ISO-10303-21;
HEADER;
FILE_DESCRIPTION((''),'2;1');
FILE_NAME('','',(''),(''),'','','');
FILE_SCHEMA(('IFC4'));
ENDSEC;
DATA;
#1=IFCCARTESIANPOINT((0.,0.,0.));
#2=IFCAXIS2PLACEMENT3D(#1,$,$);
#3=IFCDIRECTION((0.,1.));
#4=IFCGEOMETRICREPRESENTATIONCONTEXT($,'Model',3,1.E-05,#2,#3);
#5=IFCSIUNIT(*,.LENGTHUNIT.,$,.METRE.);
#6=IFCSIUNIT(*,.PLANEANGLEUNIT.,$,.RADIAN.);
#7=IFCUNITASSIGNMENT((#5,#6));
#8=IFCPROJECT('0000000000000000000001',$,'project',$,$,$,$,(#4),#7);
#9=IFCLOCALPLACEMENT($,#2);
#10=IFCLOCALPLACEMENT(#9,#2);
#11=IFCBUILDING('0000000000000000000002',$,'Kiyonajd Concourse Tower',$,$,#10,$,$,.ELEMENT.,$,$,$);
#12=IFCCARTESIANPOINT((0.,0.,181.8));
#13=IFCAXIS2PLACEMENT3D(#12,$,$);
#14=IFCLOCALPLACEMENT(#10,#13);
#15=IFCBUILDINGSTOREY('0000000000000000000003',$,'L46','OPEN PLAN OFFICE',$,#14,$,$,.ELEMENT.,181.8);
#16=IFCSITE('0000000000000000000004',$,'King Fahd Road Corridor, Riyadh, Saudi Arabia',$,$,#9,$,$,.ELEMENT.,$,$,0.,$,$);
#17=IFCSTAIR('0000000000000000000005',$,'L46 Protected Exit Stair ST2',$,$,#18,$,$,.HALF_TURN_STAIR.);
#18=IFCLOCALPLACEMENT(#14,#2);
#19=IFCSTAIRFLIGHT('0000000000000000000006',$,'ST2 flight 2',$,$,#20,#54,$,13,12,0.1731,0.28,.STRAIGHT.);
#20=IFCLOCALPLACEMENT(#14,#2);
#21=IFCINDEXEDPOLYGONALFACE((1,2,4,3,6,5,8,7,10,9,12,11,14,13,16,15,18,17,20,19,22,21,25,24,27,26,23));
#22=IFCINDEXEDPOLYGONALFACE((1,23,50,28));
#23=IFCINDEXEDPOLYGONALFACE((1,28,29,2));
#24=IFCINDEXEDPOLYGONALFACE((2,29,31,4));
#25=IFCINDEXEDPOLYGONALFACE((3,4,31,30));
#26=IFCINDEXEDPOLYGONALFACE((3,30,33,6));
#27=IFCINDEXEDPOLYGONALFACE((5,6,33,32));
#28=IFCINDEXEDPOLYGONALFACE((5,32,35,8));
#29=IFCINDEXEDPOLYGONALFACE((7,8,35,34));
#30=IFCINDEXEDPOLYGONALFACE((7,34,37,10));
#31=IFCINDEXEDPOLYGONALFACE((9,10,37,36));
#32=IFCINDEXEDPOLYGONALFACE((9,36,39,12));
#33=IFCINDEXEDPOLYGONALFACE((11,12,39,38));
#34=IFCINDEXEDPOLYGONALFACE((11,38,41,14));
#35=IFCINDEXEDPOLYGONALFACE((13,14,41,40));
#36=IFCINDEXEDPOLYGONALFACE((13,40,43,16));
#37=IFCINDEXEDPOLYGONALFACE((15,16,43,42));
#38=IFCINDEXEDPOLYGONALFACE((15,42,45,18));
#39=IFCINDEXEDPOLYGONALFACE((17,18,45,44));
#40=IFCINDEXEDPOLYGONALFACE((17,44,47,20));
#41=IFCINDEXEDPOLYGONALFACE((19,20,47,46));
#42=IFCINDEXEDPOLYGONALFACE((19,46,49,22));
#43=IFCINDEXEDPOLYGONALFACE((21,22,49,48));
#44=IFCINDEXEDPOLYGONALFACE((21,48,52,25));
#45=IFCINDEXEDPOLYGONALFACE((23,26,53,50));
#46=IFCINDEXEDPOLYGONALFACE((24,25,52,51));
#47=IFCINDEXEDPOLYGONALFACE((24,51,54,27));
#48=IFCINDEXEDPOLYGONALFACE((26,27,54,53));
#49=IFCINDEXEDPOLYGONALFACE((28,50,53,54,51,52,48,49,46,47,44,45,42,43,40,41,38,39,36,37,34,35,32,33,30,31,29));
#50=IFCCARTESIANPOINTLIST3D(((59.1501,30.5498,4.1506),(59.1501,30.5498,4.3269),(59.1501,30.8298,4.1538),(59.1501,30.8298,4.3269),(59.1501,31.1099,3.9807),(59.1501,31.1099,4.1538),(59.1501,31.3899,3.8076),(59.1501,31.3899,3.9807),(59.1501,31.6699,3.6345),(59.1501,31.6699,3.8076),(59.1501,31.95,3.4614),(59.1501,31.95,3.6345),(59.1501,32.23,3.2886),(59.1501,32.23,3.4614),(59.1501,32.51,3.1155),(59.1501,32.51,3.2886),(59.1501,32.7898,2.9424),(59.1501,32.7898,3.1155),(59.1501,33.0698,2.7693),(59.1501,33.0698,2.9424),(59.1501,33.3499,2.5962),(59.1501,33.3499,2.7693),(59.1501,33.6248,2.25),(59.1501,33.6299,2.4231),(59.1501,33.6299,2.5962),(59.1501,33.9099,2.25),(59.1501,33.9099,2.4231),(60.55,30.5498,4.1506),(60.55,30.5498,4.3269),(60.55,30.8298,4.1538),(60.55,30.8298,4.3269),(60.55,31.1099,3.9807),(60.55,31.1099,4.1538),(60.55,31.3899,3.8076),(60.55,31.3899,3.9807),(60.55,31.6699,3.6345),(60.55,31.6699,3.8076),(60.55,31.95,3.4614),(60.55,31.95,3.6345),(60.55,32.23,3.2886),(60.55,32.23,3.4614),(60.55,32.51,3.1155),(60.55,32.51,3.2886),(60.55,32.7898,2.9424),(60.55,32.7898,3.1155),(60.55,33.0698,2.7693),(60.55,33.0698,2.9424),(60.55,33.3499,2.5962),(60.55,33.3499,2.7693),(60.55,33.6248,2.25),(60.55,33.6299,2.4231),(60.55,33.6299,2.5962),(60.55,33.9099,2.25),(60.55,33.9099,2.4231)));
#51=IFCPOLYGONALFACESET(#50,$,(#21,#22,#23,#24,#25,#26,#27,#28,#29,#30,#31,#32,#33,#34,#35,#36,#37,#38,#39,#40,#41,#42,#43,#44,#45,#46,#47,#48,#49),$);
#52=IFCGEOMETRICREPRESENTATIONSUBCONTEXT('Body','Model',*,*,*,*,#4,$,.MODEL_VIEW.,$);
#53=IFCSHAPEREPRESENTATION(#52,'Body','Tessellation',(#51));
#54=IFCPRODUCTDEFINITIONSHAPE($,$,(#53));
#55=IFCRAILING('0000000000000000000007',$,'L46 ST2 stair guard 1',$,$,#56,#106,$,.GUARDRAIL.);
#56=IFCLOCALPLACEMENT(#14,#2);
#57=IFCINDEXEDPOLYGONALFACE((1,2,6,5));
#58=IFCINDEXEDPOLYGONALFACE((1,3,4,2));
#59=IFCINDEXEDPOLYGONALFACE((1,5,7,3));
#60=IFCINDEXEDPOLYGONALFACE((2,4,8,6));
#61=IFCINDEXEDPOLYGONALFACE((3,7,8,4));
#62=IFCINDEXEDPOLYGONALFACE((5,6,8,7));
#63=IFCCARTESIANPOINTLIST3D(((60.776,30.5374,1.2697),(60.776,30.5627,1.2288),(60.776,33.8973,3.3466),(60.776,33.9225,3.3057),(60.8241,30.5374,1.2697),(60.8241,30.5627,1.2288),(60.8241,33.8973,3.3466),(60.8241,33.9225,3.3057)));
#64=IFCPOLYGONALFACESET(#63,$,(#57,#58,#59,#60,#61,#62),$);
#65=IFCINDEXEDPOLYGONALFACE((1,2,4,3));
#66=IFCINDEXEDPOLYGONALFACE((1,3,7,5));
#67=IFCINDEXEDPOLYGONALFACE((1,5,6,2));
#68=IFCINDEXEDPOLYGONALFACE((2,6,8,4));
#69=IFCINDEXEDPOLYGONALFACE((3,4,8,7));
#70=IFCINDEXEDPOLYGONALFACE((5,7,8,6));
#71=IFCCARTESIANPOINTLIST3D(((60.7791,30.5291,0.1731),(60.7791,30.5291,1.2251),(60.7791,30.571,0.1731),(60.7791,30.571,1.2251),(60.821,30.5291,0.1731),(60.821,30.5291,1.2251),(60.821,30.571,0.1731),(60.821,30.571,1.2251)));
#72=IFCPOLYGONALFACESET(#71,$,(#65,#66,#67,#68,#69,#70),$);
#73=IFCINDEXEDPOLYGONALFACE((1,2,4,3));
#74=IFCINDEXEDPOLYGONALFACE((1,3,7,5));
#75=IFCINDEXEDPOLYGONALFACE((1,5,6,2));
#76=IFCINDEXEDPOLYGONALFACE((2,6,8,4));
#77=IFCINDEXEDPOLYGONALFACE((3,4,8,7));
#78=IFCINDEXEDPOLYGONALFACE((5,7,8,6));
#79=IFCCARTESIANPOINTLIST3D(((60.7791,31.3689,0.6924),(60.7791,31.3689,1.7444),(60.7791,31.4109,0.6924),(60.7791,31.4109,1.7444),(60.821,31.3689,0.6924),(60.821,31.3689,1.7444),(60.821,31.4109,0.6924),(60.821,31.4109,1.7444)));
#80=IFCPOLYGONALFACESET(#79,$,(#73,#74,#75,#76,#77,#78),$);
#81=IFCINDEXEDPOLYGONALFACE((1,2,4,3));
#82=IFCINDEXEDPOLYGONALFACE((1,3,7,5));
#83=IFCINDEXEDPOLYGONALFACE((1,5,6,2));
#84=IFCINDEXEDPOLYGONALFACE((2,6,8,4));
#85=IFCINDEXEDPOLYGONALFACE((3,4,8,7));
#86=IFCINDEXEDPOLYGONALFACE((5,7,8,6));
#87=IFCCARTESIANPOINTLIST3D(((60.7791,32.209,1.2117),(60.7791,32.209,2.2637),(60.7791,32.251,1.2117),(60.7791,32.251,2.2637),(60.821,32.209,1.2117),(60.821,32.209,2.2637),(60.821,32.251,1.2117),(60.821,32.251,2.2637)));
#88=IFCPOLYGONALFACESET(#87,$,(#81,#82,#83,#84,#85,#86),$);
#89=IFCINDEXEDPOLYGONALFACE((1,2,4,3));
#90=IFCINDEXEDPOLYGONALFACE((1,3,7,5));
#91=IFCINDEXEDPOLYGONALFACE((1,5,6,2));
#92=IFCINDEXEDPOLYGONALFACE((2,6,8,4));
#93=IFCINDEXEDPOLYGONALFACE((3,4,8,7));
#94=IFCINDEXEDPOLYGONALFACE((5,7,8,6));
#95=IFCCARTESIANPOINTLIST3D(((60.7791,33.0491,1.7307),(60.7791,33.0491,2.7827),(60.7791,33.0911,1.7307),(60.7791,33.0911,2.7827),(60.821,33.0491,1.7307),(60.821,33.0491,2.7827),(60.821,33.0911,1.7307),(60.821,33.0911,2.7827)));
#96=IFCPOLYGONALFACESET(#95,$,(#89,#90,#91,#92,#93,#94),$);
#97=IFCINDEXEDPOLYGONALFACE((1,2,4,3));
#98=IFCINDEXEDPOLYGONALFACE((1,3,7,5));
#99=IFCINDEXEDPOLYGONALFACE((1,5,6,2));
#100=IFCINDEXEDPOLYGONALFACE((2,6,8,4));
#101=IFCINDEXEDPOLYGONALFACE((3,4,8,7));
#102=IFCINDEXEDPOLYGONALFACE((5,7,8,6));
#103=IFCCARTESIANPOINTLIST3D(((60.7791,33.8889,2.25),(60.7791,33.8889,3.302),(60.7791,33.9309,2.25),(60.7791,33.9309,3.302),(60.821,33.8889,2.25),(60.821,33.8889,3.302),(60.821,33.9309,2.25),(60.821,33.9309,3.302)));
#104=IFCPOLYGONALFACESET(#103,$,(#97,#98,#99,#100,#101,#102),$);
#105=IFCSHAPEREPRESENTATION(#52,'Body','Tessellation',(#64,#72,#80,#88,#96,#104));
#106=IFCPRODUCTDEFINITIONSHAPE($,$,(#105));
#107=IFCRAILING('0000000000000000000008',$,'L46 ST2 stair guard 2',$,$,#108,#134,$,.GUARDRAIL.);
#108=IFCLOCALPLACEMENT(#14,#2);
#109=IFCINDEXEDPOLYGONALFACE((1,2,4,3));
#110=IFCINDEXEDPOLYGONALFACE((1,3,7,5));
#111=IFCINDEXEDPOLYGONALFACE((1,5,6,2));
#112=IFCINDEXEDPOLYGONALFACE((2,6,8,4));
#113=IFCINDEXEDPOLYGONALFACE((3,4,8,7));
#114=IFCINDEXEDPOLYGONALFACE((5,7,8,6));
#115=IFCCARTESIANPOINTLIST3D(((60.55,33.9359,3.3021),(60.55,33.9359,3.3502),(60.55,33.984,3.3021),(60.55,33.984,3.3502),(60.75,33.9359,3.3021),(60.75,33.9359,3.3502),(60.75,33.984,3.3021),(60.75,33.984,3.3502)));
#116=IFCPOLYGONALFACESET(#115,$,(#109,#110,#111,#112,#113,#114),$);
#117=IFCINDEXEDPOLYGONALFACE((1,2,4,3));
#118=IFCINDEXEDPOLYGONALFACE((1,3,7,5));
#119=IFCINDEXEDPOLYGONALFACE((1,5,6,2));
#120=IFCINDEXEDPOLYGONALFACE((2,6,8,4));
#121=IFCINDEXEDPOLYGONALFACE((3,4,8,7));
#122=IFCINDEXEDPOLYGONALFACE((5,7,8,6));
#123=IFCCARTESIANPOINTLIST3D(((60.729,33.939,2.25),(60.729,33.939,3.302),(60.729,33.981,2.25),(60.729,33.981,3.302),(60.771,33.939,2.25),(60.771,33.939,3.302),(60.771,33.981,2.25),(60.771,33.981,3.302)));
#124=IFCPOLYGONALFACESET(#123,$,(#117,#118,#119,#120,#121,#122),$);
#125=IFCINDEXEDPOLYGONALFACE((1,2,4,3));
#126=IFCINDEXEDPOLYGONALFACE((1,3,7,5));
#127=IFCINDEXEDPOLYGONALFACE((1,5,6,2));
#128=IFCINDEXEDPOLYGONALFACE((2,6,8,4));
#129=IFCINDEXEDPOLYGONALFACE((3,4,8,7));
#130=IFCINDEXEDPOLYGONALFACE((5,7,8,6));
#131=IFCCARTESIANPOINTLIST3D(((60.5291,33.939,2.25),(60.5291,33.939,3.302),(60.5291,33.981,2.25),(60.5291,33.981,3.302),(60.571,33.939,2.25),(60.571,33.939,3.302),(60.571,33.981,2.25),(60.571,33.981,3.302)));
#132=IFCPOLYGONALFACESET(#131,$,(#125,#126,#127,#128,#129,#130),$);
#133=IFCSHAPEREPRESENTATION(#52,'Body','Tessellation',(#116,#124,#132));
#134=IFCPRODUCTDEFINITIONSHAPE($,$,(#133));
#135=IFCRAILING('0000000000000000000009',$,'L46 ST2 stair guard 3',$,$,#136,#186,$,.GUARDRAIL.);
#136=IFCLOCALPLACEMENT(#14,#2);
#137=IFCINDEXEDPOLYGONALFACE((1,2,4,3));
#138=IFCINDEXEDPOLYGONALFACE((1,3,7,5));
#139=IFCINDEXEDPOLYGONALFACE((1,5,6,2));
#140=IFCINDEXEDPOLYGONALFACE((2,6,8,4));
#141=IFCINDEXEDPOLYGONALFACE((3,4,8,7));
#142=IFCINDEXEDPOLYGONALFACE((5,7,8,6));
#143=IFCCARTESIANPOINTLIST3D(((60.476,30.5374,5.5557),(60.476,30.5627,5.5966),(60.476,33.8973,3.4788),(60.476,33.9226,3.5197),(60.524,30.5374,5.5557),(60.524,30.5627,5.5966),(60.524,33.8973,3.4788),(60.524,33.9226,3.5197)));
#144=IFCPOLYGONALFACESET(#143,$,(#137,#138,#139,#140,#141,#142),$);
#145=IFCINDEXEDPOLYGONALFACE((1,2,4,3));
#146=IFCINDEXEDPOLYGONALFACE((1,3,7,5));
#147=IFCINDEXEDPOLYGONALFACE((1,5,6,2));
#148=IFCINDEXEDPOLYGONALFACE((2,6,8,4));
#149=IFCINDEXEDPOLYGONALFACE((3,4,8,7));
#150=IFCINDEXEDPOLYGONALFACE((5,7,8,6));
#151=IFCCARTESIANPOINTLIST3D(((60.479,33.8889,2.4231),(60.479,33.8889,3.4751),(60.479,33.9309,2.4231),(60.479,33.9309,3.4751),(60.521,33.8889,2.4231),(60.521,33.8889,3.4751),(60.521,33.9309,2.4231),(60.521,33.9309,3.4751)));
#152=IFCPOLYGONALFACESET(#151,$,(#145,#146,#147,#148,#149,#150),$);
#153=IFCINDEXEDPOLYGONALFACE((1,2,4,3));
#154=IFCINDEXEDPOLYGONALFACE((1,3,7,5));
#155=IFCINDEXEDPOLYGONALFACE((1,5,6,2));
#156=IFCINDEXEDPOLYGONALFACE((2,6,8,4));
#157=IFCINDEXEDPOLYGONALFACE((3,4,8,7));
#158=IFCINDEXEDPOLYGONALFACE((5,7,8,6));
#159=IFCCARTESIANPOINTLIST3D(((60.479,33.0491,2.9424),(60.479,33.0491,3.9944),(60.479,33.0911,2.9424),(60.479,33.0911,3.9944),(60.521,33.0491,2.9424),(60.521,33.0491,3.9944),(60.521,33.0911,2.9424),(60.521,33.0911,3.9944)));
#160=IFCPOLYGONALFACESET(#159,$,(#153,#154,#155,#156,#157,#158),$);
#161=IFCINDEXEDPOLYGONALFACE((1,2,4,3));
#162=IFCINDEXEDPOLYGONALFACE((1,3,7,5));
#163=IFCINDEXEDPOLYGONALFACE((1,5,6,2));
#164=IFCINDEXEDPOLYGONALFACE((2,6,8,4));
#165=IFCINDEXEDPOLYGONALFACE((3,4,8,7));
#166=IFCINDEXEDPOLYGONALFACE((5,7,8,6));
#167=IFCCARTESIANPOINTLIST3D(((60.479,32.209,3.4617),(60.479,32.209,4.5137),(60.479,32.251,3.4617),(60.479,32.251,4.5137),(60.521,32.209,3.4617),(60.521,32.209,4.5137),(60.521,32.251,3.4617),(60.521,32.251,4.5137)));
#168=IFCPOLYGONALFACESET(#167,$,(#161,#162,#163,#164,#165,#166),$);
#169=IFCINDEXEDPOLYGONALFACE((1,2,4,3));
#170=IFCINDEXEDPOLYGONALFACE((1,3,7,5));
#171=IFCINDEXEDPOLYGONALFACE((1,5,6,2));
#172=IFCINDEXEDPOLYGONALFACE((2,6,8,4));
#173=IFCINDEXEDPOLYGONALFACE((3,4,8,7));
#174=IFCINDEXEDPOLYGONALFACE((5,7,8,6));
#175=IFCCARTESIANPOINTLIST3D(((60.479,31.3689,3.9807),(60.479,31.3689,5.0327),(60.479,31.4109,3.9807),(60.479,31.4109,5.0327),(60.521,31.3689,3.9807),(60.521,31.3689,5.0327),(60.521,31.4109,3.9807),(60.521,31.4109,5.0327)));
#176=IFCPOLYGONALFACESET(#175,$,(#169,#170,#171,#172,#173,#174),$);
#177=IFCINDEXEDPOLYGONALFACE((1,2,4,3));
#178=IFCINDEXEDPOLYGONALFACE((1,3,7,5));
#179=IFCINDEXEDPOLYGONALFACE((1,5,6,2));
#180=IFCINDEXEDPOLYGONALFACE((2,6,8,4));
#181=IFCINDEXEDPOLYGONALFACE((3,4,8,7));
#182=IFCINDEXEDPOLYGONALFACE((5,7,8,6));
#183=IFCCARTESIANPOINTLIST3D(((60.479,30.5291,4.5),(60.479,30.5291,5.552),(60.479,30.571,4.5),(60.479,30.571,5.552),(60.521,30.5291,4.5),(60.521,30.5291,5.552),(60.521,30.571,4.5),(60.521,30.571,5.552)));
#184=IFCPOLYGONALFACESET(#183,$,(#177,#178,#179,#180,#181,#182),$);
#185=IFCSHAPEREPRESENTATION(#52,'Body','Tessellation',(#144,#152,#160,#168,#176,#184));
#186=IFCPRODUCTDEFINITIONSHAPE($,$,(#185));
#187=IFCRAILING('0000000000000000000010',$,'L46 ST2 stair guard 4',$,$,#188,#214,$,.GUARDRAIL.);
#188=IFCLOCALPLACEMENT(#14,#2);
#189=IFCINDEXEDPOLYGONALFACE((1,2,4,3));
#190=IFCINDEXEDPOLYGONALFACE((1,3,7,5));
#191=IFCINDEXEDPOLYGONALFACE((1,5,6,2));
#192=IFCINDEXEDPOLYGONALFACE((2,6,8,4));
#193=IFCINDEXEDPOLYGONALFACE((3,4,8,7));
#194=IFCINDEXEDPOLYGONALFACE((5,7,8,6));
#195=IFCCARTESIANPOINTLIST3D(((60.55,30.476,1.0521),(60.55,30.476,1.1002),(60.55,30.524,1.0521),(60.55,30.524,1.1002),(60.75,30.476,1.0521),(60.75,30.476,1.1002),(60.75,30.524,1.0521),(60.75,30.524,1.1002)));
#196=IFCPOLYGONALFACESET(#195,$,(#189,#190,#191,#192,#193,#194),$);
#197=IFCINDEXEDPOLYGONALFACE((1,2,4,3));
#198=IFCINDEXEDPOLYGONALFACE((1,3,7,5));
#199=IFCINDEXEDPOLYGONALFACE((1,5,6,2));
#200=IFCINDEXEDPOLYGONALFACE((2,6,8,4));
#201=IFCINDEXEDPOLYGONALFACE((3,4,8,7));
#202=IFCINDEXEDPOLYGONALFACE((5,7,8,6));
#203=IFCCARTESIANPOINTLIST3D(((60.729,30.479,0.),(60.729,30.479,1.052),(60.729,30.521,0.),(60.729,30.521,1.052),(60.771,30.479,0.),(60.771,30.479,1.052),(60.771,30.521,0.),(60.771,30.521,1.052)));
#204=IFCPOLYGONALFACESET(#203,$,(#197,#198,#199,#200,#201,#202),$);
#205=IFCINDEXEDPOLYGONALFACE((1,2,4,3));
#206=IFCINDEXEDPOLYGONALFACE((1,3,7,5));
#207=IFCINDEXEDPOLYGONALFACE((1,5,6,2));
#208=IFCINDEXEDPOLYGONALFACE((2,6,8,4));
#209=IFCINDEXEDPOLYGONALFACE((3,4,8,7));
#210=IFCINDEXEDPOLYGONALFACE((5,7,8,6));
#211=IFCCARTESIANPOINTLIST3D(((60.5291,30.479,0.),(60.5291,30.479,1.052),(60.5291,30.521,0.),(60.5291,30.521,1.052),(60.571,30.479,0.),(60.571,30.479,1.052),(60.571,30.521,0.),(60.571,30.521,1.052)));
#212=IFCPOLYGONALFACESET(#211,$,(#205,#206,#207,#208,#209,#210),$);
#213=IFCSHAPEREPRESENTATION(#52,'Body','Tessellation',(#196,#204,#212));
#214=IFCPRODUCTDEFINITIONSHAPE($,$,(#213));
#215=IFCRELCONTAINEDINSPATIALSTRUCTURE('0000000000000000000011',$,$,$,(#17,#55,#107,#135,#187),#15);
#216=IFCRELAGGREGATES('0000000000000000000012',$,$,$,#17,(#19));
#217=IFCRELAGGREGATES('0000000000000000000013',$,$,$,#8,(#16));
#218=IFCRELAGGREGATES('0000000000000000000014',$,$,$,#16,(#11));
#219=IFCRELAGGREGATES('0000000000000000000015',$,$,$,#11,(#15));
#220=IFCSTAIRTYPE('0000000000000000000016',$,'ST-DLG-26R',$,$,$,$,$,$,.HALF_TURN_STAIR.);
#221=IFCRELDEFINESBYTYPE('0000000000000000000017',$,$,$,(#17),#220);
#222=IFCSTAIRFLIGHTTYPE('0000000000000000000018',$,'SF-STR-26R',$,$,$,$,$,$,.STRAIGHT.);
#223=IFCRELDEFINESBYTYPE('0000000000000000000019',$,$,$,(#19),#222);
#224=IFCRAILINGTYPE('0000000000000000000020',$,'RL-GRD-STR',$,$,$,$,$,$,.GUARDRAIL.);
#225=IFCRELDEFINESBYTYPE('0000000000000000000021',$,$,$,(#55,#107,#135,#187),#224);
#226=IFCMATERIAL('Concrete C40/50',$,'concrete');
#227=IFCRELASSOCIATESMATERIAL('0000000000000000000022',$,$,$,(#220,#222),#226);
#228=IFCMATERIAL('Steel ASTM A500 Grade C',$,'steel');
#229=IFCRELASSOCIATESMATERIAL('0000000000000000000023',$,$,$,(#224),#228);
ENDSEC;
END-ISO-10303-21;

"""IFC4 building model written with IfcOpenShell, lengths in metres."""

from ifc_helpers import new_model, si_unit, direction, frame, origin, origin_2d, place, context, subcontext, project, spatial, polyline, rectangle, outline, extrude, material, type_object, element, aggregate, save


model = new_model("IFC4")

# Units and contexts
model_context = context("Model", 3, precision=1e-05, world=origin(), true_north=direction((0.0, 1.0)))
body_context = subcontext(model_context, "Body", "Model", "MODEL_VIEW")
ifc_project = project(units=[si_unit("LENGTHUNIT", "METRE"), si_unit("PLANEANGLEUNIT", "RADIAN")], contexts=[model_context])

# Site, building, storey
site_placement = place(None, origin())
site = spatial("IfcSite", under=ifc_project, at=site_placement, Name="King Fahd Road Corridor, Riyadh, Saudi Arabia", CompositionType="ELEMENT", RefElevation=0.0)
building_placement = place(site_placement, origin())
building = spatial("IfcBuilding", under=site, at=building_placement, Name="Kiyonajd Concourse Tower", CompositionType="ELEMENT")
storey_placement = place(building_placement, frame((0.0, 0.0, 181.8)))
storey = spatial("IfcBuildingStorey", under=building, at=storey_placement, Name="L46", Description="OPEN PLAN OFFICE", CompositionType="ELEMENT", Elevation=181.8)

# Stair, stair flight
ifc_material_1 = material(Name="Concrete C40/50", Category="concrete")
stair_type = type_object("IfcStairType", Name="ST-DLG-26R", PredefinedType="HALF_TURN_STAIR", material=ifc_material_1)
stair_placement = place(storey_placement, origin())
stair = element("IfcStair", 1, at=stair_placement, inside=storey, type_object=stair_type, Name="L46 Protected Exit Stair ST2", PredefinedType="HALF_TURN_STAIR")
stair_flight_type = type_object("IfcStairFlightType", Name="SF-STR-26R", PredefinedType="STRAIGHT", material=ifc_material_1)
stair_flight_1_placement = place(storey_placement, frame((59.8501, 33.9099, 2.25), z_axis=(0.0, 0.0, 1.0), x_axis=(0.0, -1.0, 0.0)))
stair_flight_1 = element("IfcStairFlight", 2, at=stair_flight_1_placement, type_object=stair_flight_type, Name="ST2 flight 2", NumberOfRisers=13, NumberOfTreads=12, PredefinedType="STRAIGHT", RiserHeight=0.1731, TreadLength=0.28, context=body_context, shape_type="SweptSolid", body=[
    extrude(outline(polyline([(0.0, 0.0), (0.0, 0.1731), (0.28, 0.1731), (0.28, 0.3462), (0.5601, 0.3462), (0.5601, 0.5193), (0.8401, 0.5193), (0.8401, 0.6924), (1.1201, 0.6924), (1.1201, 0.8655), (1.3999, 0.8655), (1.3999, 1.0386), (1.6799, 1.0386), (1.6799, 1.2114), (1.96, 1.2114), (1.96, 1.3845), (2.24, 1.3845), (2.24, 1.5576), (2.52, 1.5576), (2.52, 1.7307), (2.8, 1.7307), (2.8, 1.9038), (3.0801, 1.9038), (3.0801, 2.0769), (3.3601, 2.0769), (3.3601, 2.25), (3.3601, 1.9006), (0.2852, 0.0), (0.0, 0.0)])), frame((0.0, 0.7, 0.0), z_axis=(0.0, -1.0, 0.0), x_axis=(1.0, 0.0, 0.0)), (0.0, 0.0, 1.0), 1.3999),
])
aggregate(stair, [stair_flight_1])

# Railings
ifc_material_2 = material(Name="Steel ASTM A500 Grade C", Category="steel")
railing_type_1 = type_object("IfcRailingType", Name="RL-GRD-STR", PredefinedType="GUARDRAIL", material=ifc_material_2)
railing_1_placement = place(storey_placement, frame((60.8, 30.55, 0.1731)))
element("IfcRailing", 3, at=railing_1_placement, inside=storey, type_object=railing_type_1, Name="L46 ST2 stair guard 1", PredefinedType="GUARDRAIL", context=body_context, shape_type="SweptSolid", body=[
    extrude(rectangle(XDim=0.0481, YDim=0.0481, at=origin_2d()), frame((0.0, 0.0, 1.0762), z_axis=(0.0, 0.850606, 0.525803), x_axis=(-1.0, 0.0, 0.0)), (0.0, 0.0, 1.0), 3.95),
    extrude(rectangle(XDim=0.042, YDim=0.042, at=origin_2d()), origin(), (0.0, 0.0, 1.0), 1.052),
    extrude(rectangle(XDim=0.042, YDim=0.042, at=origin_2d()), frame((0.0, 0.8398, 0.5193)), (0.0, 0.0, 1.0), 1.052),
    extrude(rectangle(XDim=0.042, YDim=0.042, at=origin_2d()), frame((0.0, 1.6799, 1.0386)), (0.0, 0.0, 1.0), 1.052),
    extrude(rectangle(XDim=0.042, YDim=0.042, at=origin_2d()), frame((0.0, 2.52, 1.5576)), (0.0, 0.0, 1.0), 1.052),
    extrude(rectangle(XDim=0.042, YDim=0.042, at=origin_2d()), frame((0.0, 3.3599, 2.0769)), (0.0, 0.0, 1.0), 1.052),
])
railing_2_placement = place(storey_placement, frame((60.75, 33.96, 2.25)))
element("IfcRailing", 4, at=railing_2_placement, inside=storey, type_object=railing_type_1, Name="L46 ST2 stair guard 2", PredefinedType="GUARDRAIL", context=body_context, shape_type="SweptSolid", body=[
    extrude(rectangle(XDim=0.0481, YDim=0.0481, at=origin_2d()), frame((0.0, 0.0, 1.0762), z_axis=(-1.0, 0.0, 0.0), x_axis=(0.0, -1.0, 0.0)), (0.0, 0.0, 1.0), 0.2),
    extrude(rectangle(XDim=0.042, YDim=0.042, at=origin_2d()), origin(), (0.0, 0.0, 1.0), 1.052),
    extrude(rectangle(XDim=0.042, YDim=0.042, at=origin_2d()), frame((-0.2, 0.0, 0.0)), (0.0, 0.0, 1.0), 1.052),
])
railing_3_placement = place(storey_placement, frame((60.5, 33.9099, 2.4231)))
element("IfcRailing", 5, at=railing_3_placement, inside=storey, type_object=railing_type_1, Name="L46 ST2 stair guard 3", PredefinedType="GUARDRAIL", context=body_context, shape_type="SweptSolid", body=[
    extrude(rectangle(XDim=0.0481, YDim=0.0481, at=origin_2d()), frame((0.0, 0.0, 1.0762), z_axis=(0.0, -0.850606, 0.525803), x_axis=(1.0, 0.0, 0.0)), (0.0, 0.0, 1.0), 3.95),
    extrude(rectangle(XDim=0.042, YDim=0.042, at=origin_2d()), origin(), (0.0, 0.0, 1.0), 1.052),
    extrude(rectangle(XDim=0.042, YDim=0.042, at=origin_2d()), frame((0.0, -0.8398, 0.5193)), (0.0, 0.0, 1.0), 1.052),
    extrude(rectangle(XDim=0.042, YDim=0.042, at=origin_2d()), frame((0.0, -1.6799, 1.0386)), (0.0, 0.0, 1.0), 1.052),
    extrude(rectangle(XDim=0.042, YDim=0.042, at=origin_2d()), frame((0.0, -2.52, 1.5576)), (0.0, 0.0, 1.0), 1.052),
    extrude(rectangle(XDim=0.042, YDim=0.042, at=origin_2d()), frame((0.0, -3.3599, 2.0769)), (0.0, 0.0, 1.0), 1.052),
])
railing_4_placement = place(storey_placement, frame((60.75, 30.5, 0.0)))
element("IfcRailing", 6, at=railing_4_placement, inside=storey, type_object=railing_type_1, Name="L46 ST2 stair guard 4", PredefinedType="GUARDRAIL", context=body_context, shape_type="SweptSolid", body=[
    extrude(rectangle(XDim=0.0481, YDim=0.0481, at=origin_2d()), frame((0.0, 0.0, 1.0762), z_axis=(-1.0, 0.0, 0.0), x_axis=(0.0, -1.0, 0.0)), (0.0, 0.0, 1.0), 0.2),
    extrude(rectangle(XDim=0.042, YDim=0.042, at=origin_2d()), origin(), (0.0, 0.0, 1.0), 1.052),
    extrude(rectangle(XDim=0.042, YDim=0.042, at=origin_2d()), frame((-0.2, 0.0, 0.0)), (0.0, 0.0, 1.0), 1.052),
])

save(model, "model.ifc")
